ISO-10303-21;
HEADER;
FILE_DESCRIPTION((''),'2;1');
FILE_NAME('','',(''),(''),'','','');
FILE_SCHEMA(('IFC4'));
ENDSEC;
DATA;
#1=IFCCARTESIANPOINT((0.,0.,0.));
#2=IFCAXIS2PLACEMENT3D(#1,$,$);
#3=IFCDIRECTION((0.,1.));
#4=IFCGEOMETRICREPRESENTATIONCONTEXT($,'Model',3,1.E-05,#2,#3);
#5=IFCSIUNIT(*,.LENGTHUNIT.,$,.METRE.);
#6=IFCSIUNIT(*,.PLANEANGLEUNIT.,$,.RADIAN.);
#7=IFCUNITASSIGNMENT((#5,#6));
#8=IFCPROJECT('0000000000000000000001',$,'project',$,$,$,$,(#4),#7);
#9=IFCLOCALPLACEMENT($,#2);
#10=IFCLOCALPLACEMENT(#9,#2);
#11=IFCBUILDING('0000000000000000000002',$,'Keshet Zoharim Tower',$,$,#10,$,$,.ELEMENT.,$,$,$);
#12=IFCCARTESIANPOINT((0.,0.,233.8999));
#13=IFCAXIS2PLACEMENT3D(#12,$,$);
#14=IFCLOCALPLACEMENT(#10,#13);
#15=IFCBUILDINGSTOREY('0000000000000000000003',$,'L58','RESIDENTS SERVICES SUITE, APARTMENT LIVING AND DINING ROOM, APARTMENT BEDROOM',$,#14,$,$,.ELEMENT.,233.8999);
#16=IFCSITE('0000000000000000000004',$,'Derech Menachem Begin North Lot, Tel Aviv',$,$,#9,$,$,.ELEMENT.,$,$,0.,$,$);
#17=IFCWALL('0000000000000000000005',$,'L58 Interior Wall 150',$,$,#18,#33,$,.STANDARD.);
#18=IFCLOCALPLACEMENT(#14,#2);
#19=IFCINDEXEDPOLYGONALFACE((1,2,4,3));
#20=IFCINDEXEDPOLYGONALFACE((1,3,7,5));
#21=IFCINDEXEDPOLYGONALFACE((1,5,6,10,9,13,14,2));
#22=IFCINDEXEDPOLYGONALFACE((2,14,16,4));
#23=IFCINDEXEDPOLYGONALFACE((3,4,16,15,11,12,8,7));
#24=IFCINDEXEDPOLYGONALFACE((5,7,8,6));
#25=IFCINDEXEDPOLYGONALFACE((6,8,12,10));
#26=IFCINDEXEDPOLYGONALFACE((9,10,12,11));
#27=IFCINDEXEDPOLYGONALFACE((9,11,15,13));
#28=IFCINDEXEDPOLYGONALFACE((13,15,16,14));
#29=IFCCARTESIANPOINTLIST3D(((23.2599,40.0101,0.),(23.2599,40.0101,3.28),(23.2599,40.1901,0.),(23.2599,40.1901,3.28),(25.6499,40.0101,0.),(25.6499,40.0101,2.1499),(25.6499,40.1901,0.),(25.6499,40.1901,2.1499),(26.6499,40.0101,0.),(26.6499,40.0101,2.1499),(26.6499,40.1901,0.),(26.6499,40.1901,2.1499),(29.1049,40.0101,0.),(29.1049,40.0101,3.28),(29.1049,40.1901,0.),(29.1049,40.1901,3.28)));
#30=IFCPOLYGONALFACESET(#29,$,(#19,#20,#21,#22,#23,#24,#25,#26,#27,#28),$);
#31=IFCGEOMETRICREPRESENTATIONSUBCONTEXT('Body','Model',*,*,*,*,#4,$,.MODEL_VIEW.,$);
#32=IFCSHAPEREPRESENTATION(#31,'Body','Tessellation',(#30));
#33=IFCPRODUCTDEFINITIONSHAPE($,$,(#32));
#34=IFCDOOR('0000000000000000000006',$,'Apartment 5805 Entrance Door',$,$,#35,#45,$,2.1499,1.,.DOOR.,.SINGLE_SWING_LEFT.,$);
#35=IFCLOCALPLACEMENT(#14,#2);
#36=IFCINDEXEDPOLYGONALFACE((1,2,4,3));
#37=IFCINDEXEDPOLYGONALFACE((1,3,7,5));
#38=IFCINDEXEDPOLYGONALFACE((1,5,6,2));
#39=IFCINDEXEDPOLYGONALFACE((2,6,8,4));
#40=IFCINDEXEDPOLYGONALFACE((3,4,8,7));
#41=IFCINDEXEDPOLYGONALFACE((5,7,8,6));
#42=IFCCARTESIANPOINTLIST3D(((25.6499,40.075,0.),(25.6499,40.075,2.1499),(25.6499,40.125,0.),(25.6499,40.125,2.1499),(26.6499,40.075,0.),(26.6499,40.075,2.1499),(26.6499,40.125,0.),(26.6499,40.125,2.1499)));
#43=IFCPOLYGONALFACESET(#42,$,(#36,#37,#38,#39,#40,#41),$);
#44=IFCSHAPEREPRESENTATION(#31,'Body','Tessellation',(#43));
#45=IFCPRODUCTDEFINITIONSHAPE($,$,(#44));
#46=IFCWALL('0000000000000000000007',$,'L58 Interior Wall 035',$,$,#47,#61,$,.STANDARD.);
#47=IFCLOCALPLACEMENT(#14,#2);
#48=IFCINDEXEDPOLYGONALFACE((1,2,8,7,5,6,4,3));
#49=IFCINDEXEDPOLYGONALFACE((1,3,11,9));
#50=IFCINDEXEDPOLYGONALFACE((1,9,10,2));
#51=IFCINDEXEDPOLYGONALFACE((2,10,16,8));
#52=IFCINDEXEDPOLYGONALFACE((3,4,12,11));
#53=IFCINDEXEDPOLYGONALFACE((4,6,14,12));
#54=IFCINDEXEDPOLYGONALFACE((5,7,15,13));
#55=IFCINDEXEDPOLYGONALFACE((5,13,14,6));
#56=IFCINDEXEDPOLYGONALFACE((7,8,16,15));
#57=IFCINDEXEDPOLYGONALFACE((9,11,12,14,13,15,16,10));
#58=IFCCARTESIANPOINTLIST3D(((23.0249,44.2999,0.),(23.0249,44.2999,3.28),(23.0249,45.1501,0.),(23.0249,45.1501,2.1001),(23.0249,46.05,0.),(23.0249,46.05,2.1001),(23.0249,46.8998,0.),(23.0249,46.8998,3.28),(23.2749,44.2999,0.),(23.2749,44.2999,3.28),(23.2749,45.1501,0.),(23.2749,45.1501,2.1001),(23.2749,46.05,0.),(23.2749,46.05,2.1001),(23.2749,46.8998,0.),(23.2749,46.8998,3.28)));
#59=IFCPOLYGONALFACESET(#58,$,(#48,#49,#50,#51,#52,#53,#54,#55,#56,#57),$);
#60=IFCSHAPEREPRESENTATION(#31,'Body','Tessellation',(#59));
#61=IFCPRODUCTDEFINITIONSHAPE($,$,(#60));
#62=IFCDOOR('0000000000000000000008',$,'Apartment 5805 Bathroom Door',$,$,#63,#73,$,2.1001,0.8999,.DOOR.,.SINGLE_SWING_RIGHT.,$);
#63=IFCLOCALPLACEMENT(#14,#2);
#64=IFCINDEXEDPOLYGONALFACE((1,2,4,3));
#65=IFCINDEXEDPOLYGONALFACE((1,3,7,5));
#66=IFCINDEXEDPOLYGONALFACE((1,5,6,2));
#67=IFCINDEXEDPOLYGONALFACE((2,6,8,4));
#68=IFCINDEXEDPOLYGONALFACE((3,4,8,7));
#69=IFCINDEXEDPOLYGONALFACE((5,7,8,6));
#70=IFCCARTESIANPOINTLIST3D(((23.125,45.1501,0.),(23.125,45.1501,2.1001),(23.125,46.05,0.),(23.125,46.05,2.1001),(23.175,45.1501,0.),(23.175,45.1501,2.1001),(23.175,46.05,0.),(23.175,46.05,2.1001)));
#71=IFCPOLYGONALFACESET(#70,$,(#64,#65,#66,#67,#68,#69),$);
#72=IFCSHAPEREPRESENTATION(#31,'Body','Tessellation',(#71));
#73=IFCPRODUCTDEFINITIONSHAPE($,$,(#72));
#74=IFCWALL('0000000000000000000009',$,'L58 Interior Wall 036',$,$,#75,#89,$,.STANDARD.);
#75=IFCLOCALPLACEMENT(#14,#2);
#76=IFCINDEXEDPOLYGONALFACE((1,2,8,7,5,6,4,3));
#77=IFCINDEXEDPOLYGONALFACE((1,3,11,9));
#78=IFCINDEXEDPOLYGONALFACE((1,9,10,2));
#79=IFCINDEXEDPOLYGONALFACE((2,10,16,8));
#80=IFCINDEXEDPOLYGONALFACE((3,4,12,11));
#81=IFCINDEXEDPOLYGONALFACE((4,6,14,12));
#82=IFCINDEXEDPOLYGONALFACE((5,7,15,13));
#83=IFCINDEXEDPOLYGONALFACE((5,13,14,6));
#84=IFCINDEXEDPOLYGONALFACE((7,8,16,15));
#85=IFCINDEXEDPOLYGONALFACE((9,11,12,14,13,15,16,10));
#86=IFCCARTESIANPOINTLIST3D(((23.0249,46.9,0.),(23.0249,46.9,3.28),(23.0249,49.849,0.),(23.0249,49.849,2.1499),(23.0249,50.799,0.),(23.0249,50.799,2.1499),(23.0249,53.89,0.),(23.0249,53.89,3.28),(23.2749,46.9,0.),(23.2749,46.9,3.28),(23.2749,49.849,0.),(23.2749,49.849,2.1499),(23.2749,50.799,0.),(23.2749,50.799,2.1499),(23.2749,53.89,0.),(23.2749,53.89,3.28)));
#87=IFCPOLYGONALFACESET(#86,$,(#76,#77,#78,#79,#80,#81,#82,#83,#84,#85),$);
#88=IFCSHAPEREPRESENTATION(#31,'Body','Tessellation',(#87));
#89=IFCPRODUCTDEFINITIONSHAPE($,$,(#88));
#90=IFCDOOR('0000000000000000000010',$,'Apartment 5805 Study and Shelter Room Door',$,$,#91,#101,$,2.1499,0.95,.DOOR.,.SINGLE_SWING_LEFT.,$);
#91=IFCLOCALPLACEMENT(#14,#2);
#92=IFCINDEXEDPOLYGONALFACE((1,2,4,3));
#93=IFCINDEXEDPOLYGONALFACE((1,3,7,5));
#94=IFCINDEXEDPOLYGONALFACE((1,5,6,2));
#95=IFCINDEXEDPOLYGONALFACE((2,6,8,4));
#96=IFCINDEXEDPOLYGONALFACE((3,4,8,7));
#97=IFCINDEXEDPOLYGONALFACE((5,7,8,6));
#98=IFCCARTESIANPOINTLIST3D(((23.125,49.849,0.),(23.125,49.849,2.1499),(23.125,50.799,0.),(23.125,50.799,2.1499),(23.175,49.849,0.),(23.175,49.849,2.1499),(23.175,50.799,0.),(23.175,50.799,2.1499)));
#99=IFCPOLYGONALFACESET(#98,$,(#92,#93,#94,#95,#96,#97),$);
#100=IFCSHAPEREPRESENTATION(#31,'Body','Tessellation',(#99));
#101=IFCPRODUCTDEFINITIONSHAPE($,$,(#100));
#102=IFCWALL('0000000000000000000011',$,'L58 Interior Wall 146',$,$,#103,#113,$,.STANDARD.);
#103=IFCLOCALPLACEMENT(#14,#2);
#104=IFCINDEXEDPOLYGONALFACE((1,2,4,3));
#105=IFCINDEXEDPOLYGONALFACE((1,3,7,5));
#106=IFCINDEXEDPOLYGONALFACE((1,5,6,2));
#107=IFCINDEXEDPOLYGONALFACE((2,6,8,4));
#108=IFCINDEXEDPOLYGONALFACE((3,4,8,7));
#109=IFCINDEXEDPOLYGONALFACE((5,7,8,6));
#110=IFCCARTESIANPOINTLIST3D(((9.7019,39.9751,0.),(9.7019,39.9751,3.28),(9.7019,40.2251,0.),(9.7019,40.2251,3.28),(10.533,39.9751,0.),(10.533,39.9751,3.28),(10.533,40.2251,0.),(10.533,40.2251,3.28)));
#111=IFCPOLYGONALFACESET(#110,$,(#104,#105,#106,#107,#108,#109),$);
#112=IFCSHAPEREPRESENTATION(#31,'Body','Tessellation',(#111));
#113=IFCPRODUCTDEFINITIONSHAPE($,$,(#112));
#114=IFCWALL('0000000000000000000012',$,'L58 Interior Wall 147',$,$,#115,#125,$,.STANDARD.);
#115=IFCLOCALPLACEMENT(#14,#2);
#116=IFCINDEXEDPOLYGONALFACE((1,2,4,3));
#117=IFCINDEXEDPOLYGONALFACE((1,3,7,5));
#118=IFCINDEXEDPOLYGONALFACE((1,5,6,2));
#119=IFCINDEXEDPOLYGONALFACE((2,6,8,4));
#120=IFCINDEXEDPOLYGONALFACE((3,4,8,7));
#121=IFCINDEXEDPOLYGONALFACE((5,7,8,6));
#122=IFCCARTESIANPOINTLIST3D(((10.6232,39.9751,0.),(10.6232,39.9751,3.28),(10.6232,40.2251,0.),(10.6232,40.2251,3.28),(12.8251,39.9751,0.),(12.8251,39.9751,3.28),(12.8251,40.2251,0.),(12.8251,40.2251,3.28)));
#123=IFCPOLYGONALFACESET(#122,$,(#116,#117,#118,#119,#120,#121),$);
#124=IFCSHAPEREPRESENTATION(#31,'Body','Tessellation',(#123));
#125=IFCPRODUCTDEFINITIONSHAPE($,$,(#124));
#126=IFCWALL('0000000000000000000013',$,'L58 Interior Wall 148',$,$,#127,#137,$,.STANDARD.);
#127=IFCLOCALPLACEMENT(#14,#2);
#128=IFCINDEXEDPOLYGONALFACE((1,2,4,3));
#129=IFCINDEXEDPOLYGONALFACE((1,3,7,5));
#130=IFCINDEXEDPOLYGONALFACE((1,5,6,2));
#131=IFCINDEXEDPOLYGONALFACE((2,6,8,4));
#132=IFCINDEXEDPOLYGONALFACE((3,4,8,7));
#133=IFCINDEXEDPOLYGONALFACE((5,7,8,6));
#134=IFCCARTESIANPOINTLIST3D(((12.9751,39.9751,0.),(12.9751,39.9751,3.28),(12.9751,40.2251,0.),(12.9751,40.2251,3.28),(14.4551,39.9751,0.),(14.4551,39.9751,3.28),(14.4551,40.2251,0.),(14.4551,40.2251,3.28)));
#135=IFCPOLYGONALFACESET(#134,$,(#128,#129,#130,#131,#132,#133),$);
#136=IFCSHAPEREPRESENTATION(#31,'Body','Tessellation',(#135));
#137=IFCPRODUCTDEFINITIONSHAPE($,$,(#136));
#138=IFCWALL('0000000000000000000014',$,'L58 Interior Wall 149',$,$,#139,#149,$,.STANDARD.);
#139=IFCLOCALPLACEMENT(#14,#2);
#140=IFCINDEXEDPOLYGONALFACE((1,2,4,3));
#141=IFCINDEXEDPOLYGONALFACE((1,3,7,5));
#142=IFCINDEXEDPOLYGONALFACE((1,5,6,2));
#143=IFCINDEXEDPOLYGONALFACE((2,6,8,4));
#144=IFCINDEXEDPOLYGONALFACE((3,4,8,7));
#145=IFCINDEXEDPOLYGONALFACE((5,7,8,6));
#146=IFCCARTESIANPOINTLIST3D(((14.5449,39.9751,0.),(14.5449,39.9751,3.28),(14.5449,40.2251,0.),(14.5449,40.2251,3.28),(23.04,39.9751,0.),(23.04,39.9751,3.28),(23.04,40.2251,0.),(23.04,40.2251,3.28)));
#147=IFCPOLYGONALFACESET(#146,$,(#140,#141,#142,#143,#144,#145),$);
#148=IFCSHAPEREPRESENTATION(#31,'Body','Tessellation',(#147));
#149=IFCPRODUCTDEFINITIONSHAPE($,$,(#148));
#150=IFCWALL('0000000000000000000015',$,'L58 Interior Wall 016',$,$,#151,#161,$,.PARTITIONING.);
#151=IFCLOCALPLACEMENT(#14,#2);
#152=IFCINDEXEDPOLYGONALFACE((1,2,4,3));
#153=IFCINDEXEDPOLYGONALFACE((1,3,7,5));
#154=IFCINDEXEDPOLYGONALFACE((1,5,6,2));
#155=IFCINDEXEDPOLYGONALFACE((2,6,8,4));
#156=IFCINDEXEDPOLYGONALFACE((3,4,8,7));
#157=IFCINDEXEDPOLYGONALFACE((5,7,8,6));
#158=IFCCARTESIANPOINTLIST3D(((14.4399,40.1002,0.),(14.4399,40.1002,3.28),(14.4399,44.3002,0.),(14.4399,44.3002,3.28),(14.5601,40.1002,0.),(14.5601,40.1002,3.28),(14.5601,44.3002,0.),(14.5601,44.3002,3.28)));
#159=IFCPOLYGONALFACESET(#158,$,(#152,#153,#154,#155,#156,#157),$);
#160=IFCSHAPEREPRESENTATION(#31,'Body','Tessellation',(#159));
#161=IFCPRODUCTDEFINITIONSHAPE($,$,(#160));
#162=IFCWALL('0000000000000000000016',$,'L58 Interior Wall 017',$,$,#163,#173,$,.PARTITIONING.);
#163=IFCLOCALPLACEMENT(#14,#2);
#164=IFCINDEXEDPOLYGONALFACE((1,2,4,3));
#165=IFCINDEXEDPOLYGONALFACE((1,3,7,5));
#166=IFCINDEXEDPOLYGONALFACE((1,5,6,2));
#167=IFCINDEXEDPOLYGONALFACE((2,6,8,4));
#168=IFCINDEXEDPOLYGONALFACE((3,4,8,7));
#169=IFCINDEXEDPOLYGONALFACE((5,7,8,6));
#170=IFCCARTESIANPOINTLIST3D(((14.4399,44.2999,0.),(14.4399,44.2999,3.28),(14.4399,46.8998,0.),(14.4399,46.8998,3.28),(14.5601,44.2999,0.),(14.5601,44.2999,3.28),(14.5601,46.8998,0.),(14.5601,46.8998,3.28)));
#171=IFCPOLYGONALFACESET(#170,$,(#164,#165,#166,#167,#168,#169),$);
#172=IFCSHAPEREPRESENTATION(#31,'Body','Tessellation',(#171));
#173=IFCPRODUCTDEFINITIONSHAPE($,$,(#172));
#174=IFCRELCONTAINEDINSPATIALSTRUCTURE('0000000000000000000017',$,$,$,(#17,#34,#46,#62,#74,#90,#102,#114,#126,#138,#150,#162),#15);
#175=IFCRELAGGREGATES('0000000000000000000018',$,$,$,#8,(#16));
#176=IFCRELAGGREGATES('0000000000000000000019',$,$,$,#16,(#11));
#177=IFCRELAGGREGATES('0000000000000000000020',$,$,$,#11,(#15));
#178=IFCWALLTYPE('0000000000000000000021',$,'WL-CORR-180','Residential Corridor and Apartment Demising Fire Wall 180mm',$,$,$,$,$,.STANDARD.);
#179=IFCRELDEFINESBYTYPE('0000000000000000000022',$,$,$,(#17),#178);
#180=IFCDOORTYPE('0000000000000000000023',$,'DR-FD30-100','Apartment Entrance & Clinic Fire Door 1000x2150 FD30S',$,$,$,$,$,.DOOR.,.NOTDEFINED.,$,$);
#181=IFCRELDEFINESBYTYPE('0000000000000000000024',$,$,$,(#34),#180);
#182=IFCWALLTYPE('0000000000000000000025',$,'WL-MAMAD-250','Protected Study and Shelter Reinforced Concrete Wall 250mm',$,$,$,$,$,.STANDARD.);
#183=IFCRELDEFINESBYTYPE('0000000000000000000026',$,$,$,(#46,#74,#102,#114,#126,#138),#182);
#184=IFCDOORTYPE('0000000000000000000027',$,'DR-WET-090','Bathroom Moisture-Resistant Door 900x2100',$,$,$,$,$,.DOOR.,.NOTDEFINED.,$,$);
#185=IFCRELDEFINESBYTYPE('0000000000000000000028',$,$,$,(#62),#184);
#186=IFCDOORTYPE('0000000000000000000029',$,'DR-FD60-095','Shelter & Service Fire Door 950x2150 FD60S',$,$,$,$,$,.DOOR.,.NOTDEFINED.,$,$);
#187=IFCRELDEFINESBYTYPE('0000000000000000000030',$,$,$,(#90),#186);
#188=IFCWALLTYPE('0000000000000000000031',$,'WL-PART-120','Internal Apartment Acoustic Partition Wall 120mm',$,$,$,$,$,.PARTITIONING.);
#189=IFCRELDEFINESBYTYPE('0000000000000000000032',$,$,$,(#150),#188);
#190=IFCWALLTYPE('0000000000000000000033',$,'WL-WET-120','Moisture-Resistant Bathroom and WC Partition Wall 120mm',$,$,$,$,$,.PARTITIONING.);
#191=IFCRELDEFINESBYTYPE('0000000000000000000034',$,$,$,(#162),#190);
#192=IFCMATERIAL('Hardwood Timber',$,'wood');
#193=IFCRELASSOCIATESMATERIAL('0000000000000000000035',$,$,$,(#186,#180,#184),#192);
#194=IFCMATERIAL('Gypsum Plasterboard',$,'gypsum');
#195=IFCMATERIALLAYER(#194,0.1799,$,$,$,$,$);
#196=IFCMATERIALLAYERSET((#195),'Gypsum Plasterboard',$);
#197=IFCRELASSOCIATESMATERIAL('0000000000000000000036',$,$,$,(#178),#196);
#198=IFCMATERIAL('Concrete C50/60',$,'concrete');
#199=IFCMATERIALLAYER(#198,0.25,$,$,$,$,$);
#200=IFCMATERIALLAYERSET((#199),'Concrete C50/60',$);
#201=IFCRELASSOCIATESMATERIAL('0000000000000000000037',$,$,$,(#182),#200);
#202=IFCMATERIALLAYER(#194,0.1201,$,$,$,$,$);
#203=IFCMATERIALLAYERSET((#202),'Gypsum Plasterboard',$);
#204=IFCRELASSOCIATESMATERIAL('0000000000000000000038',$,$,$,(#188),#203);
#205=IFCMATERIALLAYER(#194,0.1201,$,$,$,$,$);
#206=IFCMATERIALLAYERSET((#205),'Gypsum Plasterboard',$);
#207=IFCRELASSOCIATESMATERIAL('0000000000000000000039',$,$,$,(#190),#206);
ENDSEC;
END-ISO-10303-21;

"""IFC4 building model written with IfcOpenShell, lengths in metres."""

from ifc_helpers import new_model, si_unit, direction, frame, frame_2d, origin, place, context, subcontext, project, spatial, rectangle, extrude, material, layer, layer_set, type_object, element, fill, save


model = new_model("IFC4")

# Units and contexts
model_context = context("Model", 3, precision=1e-05, world=origin(), true_north=direction((0.0, 1.0)))
body_context = subcontext(model_context, "Body", "Model", "MODEL_VIEW")
ifc_project = project(units=[si_unit("LENGTHUNIT", "METRE"), si_unit("PLANEANGLEUNIT", "RADIAN")], contexts=[model_context])

# Site, building, storey
site_placement = place(None, origin())
site = spatial("IfcSite", under=ifc_project, at=site_placement, Name="Derech Menachem Begin North Lot, Tel Aviv", CompositionType="ELEMENT", RefElevation=0.0)
building_placement = place(site_placement, origin())
building = spatial("IfcBuilding", under=site, at=building_placement, Name="Keshet Zoharim Tower", CompositionType="ELEMENT")
storey_placement = place(building_placement, frame((0.0, 0.0, 233.8999)))
storey = spatial("IfcBuildingStorey", under=building, at=storey_placement, Name="L58", Description="RESIDENTS SERVICES SUITE, APARTMENT LIVING AND DINING ROOM, APARTMENT BEDROOM", CompositionType="ELEMENT", Elevation=233.8999)

# Shared definitions
ifc_material_1 = material(Name="Gypsum Plasterboard", Category="gypsum")

# Shared definitions
ifc_material_2 = material(Name="Hardwood Timber", Category="wood")
door_type_1 = type_object("IfcDoorType", Name="DR-FD60-095", Description="Shelter & Service Fire Door 950x2150 FD60S", OperationType="NOTDEFINED", PredefinedType="DOOR", material=ifc_material_2)

# Walls, openings, doors
ifc_layer_1 = layer(ifc_material_1, 0.1799)
ifc_layer_set_1 = layer_set([ifc_layer_1], Name="Gypsum Plasterboard")
wall_type_1 = type_object("IfcWallType", Name="WL-CORR-180", Description="Residential Corridor and Apartment Demising Fire Wall 180mm", PredefinedType="STANDARD", material=ifc_layer_set_1)
wall_1_placement = place(storey_placement, frame((23.26, 40.1001, 0.0), z_axis=(0.0, 0.0, 1.0), x_axis=(1.0, 0.0, 0.0)))
wall_1 = element("IfcWall", 1, at=wall_1_placement, inside=storey, type_object=wall_type_1, Name="L58 Interior Wall 150", PredefinedType="STANDARD", context=body_context, shape_type="SweptSolid", body=[
    extrude(rectangle(XDim=5.845, YDim=0.1799, at=frame_2d((2.9224, 0.0))), origin(), (0.0, 0.0, 1.0), 3.28),
])
opening_1_placement = place(wall_1_placement, frame((2.3899, 0.0, 0.0)))
opening_1 = element("IfcOpeningElement", 2, at=opening_1_placement, cuts=wall_1, PredefinedType="OPENING", context=body_context, shape_type="SweptSolid", body=[
    extrude(rectangle(XDim=1.0, YDim=2.1499, at=frame_2d((0.5, 1.075))), frame((0.0, 0.1001, 0.0), z_axis=(0.0, -1.0, 0.0), x_axis=(1.0, 0.0, 0.0)), (0.0, 0.0, 1.0), 0.2),
])
door_type_2 = type_object("IfcDoorType", Name="DR-FD30-100", Description="Apartment Entrance & Clinic Fire Door 1000x2150 FD30S", OperationType="NOTDEFINED", PredefinedType="DOOR", material=ifc_material_2)
door_1_placement = place(opening_1_placement, origin())
door_1 = element("IfcDoor", 3, at=door_1_placement, inside=storey, type_object=door_type_2, Name="Apartment 5805 Entrance Door", OperationType="SINGLE_SWING_LEFT", OverallHeight=2.1499, OverallWidth=1.0, PredefinedType="DOOR", context=body_context, shape_type="SweptSolid", body=[
    extrude(rectangle(XDim=1.0, YDim=2.1499, at=frame_2d((0.5, 1.075))), frame((0.0, 0.0249, 0.0), z_axis=(0.0, -1.0, 0.0), x_axis=(1.0, 0.0, 0.0)), (0.0, 0.0, 1.0), 0.05),
])
fill(opening_1, door_1)
ifc_material_3 = material(Name="Concrete C50/60", Category="concrete")
ifc_layer_2 = layer(ifc_material_3, 0.25)
ifc_layer_set_2 = layer_set([ifc_layer_2], Name="Concrete C50/60")
wall_type_2 = type_object("IfcWallType", Name="WL-MAMAD-250", Description="Protected Study and Shelter Reinforced Concrete Wall 250mm", PredefinedType="STANDARD", material=ifc_layer_set_2)
wall_2_placement = place(storey_placement, frame((23.1499, 44.3, 0.0), z_axis=(0.0, 0.0, 1.0), x_axis=(0.0, 1.0, 0.0)))
wall_2 = element("IfcWall", 4, at=wall_2_placement, inside=storey, type_object=wall_type_2, Name="L58 Interior Wall 035", PredefinedType="STANDARD", context=body_context, shape_type="SweptSolid", body=[
    extrude(rectangle(XDim=2.5999, YDim=0.25, at=frame_2d((1.2998, 0.0))), origin(), (0.0, 0.0, 1.0), 3.28),
])
opening_2_placement = place(wall_2_placement, frame((0.8501, 0.0, 0.0)))
opening_2 = element("IfcOpeningElement", 5, at=opening_2_placement, cuts=wall_2, PredefinedType="OPENING", context=body_context, shape_type="SweptSolid", body=[
    extrude(rectangle(XDim=0.8999, YDim=2.1001, at=frame_2d((0.45, 1.05))), frame((0.0, 0.135, 0.0), z_axis=(0.0, -1.0, 0.0), x_axis=(1.0, 0.0, 0.0)), (0.0, 0.0, 1.0), 0.27),
])
door_type_3 = type_object("IfcDoorType", Name="DR-WET-090", Description="Bathroom Moisture-Resistant Door 900x2100", OperationType="NOTDEFINED", PredefinedType="DOOR", material=ifc_material_2)
door_2_placement = place(opening_2_placement, origin())
door_2 = element("IfcDoor", 6, at=door_2_placement, inside=storey, type_object=door_type_3, Name="Apartment 5805 Bathroom Door", OperationType="SINGLE_SWING_RIGHT", OverallHeight=2.1001, OverallWidth=0.8999, PredefinedType="DOOR", context=body_context, shape_type="SweptSolid", body=[
    extrude(rectangle(XDim=0.8999, YDim=2.1001, at=frame_2d((0.45, 1.05))), frame((0.0, 0.0249, 0.0), z_axis=(0.0, -1.0, 0.0), x_axis=(1.0, 0.0, 0.0)), (0.0, 0.0, 1.0), 0.05),
])
fill(opening_2, door_2)
wall_3_placement = place(storey_placement, frame((23.1499, 46.8999, 0.0), z_axis=(0.0, 0.0, 1.0), x_axis=(0.0, 1.0, 0.0)))
wall_3 = element("IfcWall", 7, at=wall_3_placement, inside=storey, type_object=wall_type_2, Name="L58 Interior Wall 036", PredefinedType="STANDARD", context=body_context, shape_type="SweptSolid", body=[
    extrude(rectangle(XDim=6.99, YDim=0.25, at=frame_2d((3.4951, 0.0))), origin(), (0.0, 0.0, 1.0), 3.28),
])
opening_3_placement = place(wall_3_placement, frame((2.949, 0.0, 0.0)))
opening_3 = element("IfcOpeningElement", 8, at=opening_3_placement, cuts=wall_3, PredefinedType="OPENING", context=body_context, shape_type="SweptSolid", body=[
    extrude(rectangle(XDim=0.95, YDim=2.1499, at=frame_2d((0.4751, 1.075))), frame((0.0, 0.135, 0.0), z_axis=(0.0, -1.0, 0.0), x_axis=(1.0, 0.0, 0.0)), (0.0, 0.0, 1.0), 0.27),
])
door_3_placement = place(opening_3_placement, origin())
door_3 = element("IfcDoor", 9, at=door_3_placement, inside=storey, type_object=door_type_1, Name="Apartment 5805 Study and Shelter Room Door", OperationType="SINGLE_SWING_LEFT", OverallHeight=2.1499, OverallWidth=0.95, PredefinedType="DOOR", context=body_context, shape_type="SweptSolid", body=[
    extrude(rectangle(XDim=0.95, YDim=2.1499, at=frame_2d((0.4751, 1.075))), frame((0.0, 0.0249, 0.0), z_axis=(0.0, -1.0, 0.0), x_axis=(1.0, 0.0, 0.0)), (0.0, 0.0, 1.0), 0.05),
])
fill(opening_3, door_3)

# Walls
wall_4_placement = place(storey_placement, frame((9.7019, 40.1001, 0.0), z_axis=(0.0, 0.0, 1.0), x_axis=(1.0, 0.0, 0.0)))
element("IfcWall", 10, at=wall_4_placement, inside=storey, type_object=wall_type_2, Name="L58 Interior Wall 146", PredefinedType="STANDARD", context=body_context, shape_type="SweptSolid", body=[
    extrude(rectangle(XDim=0.8311, YDim=0.25, at=frame_2d((0.4155, 0.0))), origin(), (0.0, 0.0, 1.0), 3.28),
])
wall_5_placement = place(storey_placement, frame((10.623, 40.1001, 0.0), z_axis=(0.0, 0.0, 1.0), x_axis=(1.0, 0.0, 0.0)))
element("IfcWall", 11, at=wall_5_placement, inside=storey, type_object=wall_type_2, Name="L58 Interior Wall 147", PredefinedType="STANDARD", context=body_context, shape_type="SweptSolid", body=[
    extrude(rectangle(XDim=2.2019, YDim=0.25, at=frame_2d((1.1011, 0.0))), origin(), (0.0, 0.0, 1.0), 3.28),
])
wall_6_placement = place(storey_placement, frame((12.9751, 40.1001, 0.0), z_axis=(0.0, 0.0, 1.0), x_axis=(1.0, 0.0, 0.0)))
element("IfcWall", 12, at=wall_6_placement, inside=storey, type_object=wall_type_2, Name="L58 Interior Wall 148", PredefinedType="STANDARD", context=body_context, shape_type="SweptSolid", body=[
    extrude(rectangle(XDim=1.48, YDim=0.25, at=frame_2d((0.74, 0.0))), origin(), (0.0, 0.0, 1.0), 3.28),
])
wall_7_placement = place(storey_placement, frame((14.5449, 40.1001, 0.0), z_axis=(0.0, 0.0, 1.0), x_axis=(1.0, 0.0, 0.0)))
element("IfcWall", 13, at=wall_7_placement, inside=storey, type_object=wall_type_2, Name="L58 Interior Wall 149", PredefinedType="STANDARD", context=body_context, shape_type="SweptSolid", body=[
    extrude(rectangle(XDim=8.4951, YDim=0.25, at=frame_2d((4.2476, 0.0))), origin(), (0.0, 0.0, 1.0), 3.28),
])
ifc_layer_3 = layer(ifc_material_1, 0.1201)
ifc_layer_set_3 = layer_set([ifc_layer_3], Name="Gypsum Plasterboard")
wall_type_3 = type_object("IfcWallType", Name="WL-PART-120", Description="Internal Apartment Acoustic Partition Wall 120mm", PredefinedType="PARTITIONING", material=ifc_layer_set_3)
wall_8_placement = place(storey_placement, frame((14.5, 40.1001, 0.0), z_axis=(0.0, 0.0, 1.0), x_axis=(0.0, 1.0, 0.0)))
element("IfcWall", 14, at=wall_8_placement, inside=storey, type_object=wall_type_3, Name="L58 Interior Wall 016", PredefinedType="PARTITIONING", context=body_context, shape_type="SweptSolid", body=[
    extrude(rectangle(XDim=4.2, YDim=0.1201, at=frame_2d((2.1001, 0.0))), origin(), (0.0, 0.0, 1.0), 3.28),
])
ifc_layer_4 = layer(ifc_material_1, 0.1201)
ifc_layer_set_4 = layer_set([ifc_layer_4], Name="Gypsum Plasterboard")
wall_type_4 = type_object("IfcWallType", Name="WL-WET-120", Description="Moisture-Resistant Bathroom and WC Partition Wall 120mm", PredefinedType="PARTITIONING", material=ifc_layer_set_4)
wall_9_placement = place(storey_placement, frame((14.5, 44.3, 0.0), z_axis=(0.0, 0.0, 1.0), x_axis=(0.0, 1.0, 0.0)))
element("IfcWall", 15, at=wall_9_placement, inside=storey, type_object=wall_type_4, Name="L58 Interior Wall 017", PredefinedType="PARTITIONING", context=body_context, shape_type="SweptSolid", body=[
    extrude(rectangle(XDim=2.5999, YDim=0.1201, at=frame_2d((1.2998, 0.0))), origin(), (0.0, 0.0, 1.0), 3.28),
])

save(model, "model.ifc")
